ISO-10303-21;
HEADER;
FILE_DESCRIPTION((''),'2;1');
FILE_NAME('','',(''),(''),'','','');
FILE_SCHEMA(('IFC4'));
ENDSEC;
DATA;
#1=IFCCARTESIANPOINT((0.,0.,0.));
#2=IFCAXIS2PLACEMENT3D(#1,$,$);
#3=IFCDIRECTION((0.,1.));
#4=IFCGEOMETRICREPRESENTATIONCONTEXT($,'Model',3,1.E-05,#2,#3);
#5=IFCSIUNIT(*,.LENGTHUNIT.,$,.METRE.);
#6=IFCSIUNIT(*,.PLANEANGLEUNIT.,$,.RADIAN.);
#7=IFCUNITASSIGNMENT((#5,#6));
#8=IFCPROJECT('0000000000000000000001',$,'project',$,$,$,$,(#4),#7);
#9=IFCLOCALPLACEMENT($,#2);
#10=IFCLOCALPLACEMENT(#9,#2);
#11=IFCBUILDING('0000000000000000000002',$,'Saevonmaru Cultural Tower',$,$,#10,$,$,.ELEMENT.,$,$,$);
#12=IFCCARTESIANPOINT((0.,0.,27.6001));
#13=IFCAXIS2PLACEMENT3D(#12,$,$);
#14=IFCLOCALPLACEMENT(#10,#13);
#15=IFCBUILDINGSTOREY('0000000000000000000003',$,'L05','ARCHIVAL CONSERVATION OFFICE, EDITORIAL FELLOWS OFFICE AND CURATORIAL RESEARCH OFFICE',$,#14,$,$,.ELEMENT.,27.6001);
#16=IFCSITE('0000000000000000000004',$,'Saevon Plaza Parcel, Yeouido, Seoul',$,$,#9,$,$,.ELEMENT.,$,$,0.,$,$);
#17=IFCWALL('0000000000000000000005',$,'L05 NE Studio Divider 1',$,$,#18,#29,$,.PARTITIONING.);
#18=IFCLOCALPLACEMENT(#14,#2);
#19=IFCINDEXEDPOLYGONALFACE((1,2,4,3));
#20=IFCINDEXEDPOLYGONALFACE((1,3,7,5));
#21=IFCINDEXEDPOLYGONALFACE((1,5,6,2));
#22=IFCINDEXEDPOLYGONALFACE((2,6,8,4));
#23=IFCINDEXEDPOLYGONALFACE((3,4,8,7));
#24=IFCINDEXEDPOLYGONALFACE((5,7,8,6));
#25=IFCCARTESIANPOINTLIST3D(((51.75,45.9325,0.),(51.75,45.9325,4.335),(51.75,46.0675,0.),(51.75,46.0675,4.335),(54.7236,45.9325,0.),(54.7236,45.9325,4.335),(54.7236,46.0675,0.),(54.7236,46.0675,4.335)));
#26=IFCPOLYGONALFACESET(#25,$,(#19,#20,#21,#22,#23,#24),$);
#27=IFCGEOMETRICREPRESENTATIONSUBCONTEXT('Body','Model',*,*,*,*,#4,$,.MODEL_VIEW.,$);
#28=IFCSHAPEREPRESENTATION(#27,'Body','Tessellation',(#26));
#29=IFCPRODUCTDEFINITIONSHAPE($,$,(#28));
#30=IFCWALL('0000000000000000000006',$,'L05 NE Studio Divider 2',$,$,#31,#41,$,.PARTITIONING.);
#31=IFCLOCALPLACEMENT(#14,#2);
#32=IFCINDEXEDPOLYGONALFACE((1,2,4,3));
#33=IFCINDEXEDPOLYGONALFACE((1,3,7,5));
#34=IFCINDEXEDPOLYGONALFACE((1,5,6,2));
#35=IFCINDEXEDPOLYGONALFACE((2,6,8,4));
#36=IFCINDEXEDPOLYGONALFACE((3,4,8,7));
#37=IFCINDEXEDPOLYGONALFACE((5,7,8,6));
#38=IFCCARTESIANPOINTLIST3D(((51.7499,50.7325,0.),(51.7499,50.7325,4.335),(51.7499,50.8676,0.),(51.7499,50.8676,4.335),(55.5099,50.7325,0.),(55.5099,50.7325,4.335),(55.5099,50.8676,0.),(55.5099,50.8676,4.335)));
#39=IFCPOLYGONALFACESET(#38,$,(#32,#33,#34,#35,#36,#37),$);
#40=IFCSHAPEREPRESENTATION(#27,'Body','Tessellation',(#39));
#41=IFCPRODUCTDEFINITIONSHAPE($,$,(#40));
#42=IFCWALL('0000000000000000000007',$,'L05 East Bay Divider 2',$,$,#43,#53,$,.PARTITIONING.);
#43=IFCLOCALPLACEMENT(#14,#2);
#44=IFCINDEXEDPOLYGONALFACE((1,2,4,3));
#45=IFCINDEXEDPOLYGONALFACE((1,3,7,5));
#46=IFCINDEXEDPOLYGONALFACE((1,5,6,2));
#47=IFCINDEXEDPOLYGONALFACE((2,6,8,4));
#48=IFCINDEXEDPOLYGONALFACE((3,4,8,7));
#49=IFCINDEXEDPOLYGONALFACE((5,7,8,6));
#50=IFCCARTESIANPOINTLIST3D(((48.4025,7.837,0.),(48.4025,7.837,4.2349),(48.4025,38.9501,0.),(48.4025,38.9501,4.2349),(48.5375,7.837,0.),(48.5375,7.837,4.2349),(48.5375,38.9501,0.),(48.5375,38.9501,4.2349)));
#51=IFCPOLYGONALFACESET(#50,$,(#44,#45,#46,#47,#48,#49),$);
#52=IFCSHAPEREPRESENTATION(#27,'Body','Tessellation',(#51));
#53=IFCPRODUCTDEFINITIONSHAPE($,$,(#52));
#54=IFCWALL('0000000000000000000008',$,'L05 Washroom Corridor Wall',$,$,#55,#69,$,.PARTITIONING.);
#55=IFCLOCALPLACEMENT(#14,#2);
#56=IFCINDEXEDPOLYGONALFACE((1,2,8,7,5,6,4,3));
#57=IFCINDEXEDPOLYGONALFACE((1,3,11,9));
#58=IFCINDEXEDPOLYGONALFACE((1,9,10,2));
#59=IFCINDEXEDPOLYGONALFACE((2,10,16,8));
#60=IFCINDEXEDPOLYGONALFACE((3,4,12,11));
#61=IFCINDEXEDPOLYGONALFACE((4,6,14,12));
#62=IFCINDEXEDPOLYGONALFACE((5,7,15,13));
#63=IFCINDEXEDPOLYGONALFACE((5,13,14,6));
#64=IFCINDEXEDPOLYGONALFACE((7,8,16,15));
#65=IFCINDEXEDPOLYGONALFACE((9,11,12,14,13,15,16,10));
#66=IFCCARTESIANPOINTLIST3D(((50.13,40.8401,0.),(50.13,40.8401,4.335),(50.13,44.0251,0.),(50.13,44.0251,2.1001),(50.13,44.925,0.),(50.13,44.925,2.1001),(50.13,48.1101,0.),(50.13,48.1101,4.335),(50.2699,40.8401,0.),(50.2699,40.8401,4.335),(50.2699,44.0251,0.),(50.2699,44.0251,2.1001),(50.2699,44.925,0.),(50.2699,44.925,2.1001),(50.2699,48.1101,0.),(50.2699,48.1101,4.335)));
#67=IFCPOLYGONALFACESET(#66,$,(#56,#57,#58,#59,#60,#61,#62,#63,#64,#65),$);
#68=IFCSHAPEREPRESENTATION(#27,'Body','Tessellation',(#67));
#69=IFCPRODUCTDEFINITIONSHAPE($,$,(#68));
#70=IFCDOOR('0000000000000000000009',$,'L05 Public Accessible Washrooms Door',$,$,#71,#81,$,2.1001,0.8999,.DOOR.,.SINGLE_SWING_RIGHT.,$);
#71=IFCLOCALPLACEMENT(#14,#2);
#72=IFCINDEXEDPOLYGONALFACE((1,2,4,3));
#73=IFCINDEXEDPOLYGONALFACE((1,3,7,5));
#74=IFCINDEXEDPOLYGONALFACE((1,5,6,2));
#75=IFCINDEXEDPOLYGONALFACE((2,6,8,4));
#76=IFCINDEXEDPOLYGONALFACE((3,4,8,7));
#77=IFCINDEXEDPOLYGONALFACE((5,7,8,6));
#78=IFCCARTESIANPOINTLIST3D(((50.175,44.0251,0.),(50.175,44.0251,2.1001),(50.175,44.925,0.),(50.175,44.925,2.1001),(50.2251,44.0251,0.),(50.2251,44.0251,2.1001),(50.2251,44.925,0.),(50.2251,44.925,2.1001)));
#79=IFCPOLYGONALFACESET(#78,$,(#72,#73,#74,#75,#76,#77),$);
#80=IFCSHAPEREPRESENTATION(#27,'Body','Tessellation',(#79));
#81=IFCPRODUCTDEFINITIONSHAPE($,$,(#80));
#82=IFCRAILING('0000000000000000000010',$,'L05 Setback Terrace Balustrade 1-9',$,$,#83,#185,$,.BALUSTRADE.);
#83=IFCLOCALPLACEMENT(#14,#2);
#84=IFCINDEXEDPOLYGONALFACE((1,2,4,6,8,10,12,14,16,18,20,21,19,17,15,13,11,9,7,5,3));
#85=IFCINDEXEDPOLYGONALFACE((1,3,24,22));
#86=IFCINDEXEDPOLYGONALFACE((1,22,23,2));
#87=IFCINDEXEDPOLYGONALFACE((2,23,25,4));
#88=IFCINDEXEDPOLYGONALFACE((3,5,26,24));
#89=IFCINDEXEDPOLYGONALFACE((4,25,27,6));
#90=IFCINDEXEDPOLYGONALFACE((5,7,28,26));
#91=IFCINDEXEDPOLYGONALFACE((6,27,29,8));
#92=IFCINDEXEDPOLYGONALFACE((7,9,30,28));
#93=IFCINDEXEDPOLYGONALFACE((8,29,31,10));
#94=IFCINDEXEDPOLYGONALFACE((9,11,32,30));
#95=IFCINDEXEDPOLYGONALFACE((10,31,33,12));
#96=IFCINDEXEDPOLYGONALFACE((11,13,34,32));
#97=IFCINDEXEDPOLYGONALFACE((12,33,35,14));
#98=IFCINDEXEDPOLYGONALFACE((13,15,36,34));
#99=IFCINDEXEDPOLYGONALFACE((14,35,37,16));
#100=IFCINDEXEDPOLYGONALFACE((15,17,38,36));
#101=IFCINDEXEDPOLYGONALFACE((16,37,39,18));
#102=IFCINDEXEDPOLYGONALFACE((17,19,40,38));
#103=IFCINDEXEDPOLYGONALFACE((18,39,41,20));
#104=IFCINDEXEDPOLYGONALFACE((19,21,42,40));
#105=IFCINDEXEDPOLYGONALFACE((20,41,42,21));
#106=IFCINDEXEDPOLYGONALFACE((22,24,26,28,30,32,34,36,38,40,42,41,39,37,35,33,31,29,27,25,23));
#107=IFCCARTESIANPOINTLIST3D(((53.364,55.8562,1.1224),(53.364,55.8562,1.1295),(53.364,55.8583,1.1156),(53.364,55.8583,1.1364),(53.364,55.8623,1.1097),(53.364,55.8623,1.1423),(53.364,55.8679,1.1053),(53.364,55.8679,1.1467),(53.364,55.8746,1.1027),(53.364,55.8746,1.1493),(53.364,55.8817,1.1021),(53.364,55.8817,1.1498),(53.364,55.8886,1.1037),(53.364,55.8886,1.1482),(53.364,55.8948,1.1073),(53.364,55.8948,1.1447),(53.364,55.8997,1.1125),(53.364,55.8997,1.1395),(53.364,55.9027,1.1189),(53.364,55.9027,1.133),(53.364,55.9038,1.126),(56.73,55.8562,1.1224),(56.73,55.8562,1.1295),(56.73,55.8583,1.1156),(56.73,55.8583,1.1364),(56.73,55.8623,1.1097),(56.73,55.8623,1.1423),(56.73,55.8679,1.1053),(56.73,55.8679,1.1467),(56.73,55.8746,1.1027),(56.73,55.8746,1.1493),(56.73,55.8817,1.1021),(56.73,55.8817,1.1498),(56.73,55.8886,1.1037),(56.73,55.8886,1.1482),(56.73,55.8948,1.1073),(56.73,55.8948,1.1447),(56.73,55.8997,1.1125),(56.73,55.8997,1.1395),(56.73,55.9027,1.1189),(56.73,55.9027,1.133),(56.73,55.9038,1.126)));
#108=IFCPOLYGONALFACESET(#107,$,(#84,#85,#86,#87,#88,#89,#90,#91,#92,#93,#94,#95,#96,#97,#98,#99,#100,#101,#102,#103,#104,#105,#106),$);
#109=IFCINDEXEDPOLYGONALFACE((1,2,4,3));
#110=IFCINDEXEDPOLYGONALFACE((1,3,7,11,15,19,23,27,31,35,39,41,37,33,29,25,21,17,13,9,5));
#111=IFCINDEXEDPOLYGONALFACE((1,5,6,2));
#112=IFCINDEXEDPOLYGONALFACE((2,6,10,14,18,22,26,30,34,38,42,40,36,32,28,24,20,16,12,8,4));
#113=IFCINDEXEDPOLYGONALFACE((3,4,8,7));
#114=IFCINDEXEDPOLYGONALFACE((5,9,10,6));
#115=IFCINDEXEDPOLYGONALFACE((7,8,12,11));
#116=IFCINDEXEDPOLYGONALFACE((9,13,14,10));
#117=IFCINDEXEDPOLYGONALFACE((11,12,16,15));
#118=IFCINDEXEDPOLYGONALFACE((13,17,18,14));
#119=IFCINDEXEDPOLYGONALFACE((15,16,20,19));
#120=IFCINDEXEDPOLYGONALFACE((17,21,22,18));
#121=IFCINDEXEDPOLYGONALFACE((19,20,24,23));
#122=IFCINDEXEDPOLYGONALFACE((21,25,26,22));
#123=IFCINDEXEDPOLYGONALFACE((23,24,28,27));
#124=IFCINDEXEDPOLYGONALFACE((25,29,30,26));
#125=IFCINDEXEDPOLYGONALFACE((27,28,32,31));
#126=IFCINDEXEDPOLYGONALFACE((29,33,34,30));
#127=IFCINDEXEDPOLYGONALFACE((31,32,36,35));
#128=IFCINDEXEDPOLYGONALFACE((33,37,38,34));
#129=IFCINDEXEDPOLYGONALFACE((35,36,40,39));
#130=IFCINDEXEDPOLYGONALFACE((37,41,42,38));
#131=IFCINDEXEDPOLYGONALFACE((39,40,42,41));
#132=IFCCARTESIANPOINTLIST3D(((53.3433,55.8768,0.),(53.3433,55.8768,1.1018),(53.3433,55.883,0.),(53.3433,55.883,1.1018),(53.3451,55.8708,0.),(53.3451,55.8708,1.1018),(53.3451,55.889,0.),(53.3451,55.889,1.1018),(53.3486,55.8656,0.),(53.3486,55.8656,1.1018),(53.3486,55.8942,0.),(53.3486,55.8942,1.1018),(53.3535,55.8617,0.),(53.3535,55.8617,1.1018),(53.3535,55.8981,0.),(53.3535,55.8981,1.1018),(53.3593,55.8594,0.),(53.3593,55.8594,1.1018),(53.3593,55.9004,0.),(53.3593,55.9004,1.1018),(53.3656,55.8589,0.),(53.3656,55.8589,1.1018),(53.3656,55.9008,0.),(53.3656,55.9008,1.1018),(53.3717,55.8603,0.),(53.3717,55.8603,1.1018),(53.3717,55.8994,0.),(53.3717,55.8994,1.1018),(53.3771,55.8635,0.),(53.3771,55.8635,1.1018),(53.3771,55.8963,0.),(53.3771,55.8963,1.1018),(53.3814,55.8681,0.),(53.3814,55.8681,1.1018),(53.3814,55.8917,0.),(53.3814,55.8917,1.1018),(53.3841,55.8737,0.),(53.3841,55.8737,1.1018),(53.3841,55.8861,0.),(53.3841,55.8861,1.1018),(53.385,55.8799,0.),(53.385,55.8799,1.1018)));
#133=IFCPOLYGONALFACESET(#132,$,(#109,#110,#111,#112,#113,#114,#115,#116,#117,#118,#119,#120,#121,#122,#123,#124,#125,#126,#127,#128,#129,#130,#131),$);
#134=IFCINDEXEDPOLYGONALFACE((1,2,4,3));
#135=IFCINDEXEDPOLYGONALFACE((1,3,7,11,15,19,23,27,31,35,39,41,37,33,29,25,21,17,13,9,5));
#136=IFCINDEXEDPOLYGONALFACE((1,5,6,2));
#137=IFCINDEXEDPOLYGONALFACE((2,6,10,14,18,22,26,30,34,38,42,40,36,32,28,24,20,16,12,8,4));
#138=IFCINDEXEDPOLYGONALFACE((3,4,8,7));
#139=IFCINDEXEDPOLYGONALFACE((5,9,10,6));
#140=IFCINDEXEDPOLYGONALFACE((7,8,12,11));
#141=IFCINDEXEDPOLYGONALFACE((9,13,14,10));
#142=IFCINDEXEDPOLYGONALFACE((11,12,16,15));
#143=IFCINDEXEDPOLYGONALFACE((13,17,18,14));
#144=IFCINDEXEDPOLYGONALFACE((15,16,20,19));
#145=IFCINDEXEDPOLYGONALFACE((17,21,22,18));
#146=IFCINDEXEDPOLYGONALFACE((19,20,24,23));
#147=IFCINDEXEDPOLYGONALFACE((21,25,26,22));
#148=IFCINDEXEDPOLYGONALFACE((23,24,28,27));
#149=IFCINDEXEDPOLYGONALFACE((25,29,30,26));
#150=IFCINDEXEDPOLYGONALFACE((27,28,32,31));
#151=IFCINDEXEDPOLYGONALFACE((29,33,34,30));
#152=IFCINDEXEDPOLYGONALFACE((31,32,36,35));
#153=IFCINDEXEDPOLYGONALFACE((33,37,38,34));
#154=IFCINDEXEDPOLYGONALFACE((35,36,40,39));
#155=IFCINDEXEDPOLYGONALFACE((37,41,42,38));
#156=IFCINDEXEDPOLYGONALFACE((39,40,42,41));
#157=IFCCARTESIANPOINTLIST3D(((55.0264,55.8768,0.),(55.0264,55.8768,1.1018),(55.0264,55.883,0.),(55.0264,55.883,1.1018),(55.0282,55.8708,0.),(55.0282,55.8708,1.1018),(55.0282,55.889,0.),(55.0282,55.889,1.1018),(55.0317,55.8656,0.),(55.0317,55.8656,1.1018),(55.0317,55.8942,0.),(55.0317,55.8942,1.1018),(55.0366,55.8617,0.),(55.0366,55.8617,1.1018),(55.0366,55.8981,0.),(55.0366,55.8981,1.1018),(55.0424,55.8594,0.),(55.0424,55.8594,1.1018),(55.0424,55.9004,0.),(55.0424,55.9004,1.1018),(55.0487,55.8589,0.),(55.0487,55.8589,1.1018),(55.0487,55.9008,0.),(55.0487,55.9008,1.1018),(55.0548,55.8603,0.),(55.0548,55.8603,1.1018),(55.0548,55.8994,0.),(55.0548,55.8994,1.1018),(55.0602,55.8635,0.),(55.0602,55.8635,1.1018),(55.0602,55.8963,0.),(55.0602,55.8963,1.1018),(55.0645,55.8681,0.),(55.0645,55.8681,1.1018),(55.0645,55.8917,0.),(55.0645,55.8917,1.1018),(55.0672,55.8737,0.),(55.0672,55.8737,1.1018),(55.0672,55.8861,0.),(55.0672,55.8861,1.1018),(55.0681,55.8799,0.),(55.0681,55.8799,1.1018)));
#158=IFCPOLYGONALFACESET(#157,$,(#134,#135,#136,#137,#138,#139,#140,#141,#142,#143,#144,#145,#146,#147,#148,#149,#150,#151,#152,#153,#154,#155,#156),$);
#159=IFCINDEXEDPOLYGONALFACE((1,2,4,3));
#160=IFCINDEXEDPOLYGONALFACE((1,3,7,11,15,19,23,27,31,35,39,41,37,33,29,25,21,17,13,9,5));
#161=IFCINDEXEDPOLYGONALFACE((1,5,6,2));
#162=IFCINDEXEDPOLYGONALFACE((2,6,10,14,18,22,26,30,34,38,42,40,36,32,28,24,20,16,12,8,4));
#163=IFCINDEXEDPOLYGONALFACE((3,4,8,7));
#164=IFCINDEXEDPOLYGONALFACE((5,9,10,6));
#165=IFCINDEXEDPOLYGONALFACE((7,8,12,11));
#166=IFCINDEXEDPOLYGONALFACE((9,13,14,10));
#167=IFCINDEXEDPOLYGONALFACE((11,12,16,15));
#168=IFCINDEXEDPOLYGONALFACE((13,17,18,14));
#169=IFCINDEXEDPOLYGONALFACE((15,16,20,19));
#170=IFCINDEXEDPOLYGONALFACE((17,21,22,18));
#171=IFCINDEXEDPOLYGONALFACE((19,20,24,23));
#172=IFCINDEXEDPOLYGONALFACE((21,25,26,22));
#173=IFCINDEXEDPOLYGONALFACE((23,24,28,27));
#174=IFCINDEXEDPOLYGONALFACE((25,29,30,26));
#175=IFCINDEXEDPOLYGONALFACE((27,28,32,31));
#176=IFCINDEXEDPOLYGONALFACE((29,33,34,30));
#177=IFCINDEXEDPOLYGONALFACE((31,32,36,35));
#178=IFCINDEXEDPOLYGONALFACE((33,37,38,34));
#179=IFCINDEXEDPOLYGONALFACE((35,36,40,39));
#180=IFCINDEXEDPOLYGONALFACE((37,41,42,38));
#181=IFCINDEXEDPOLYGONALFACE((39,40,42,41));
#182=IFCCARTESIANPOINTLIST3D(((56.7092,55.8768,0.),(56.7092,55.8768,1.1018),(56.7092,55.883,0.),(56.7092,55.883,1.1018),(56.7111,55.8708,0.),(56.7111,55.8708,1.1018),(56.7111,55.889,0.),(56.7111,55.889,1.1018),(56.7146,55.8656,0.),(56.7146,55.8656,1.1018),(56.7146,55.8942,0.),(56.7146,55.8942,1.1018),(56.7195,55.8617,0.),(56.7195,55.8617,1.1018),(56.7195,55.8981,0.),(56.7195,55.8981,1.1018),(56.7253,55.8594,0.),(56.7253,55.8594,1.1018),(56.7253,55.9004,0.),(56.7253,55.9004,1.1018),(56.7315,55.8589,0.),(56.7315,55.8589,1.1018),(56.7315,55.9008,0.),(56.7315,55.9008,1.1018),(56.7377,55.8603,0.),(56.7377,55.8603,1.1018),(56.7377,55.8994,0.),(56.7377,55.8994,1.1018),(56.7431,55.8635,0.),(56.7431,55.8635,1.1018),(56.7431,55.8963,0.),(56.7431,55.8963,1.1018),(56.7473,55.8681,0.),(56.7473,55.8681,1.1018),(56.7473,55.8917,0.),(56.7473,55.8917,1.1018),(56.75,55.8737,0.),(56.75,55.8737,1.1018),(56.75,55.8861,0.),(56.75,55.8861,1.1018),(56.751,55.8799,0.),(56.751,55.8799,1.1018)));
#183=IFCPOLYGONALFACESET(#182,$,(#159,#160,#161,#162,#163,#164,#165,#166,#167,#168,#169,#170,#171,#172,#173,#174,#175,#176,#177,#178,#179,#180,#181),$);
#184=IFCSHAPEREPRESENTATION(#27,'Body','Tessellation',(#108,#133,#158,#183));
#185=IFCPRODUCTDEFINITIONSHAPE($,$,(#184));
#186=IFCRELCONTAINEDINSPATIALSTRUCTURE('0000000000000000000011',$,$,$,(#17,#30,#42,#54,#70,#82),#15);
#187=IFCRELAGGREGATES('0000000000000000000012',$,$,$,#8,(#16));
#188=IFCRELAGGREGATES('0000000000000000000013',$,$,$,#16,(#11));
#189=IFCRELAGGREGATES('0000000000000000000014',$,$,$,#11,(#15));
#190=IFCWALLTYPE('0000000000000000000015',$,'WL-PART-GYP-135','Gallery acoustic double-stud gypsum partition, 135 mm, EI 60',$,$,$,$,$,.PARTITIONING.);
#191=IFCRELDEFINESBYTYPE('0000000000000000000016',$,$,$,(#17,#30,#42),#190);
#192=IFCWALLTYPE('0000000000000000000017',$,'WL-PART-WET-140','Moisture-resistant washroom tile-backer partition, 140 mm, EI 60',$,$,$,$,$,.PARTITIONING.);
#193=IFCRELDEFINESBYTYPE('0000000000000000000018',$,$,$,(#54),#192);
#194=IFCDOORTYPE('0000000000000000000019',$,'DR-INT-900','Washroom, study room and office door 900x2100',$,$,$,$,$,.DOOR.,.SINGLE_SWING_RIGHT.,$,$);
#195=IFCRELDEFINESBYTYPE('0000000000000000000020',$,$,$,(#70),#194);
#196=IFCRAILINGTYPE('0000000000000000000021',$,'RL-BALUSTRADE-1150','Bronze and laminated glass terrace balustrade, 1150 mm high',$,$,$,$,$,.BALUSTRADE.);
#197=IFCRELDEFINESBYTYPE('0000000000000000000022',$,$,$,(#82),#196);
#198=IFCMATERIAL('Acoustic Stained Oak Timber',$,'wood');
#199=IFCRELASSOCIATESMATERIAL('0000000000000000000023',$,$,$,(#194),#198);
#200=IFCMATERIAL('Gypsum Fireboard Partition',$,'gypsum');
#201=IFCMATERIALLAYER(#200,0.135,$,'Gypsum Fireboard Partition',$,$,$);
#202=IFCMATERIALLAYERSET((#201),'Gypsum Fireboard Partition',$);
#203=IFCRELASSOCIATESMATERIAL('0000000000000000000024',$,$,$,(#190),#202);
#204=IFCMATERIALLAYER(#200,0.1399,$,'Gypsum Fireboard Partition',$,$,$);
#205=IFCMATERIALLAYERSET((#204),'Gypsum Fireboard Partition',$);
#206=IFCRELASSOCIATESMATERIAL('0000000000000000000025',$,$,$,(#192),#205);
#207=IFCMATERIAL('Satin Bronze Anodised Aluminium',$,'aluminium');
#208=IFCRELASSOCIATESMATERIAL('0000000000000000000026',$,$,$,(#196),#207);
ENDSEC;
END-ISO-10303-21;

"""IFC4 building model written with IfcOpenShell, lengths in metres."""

from ifc_helpers import new_model, si_unit, direction, frame, frame_2d, origin, origin_2d, place, context, subcontext, project, spatial, rectangle, circle, extrude, material, layer, layer_set, type_object, element, fill, save


model = new_model("IFC4")

# Units and contexts
model_context = context("Model", 3, precision=1e-05, world=origin(), true_north=direction((0.0, 1.0)))
body_context = subcontext(model_context, "Body", "Model", "MODEL_VIEW")
ifc_project = project(units=[si_unit("LENGTHUNIT", "METRE"), si_unit("PLANEANGLEUNIT", "RADIAN")], contexts=[model_context])

# Site, building, storey
site_placement = place(None, origin())
site = spatial("IfcSite", under=ifc_project, at=site_placement, Name="Saevon Plaza Parcel, Yeouido, Seoul", CompositionType="ELEMENT", RefElevation=0.0)
building_placement = place(site_placement, origin())
building = spatial("IfcBuilding", under=site, at=building_placement, Name="Saevonmaru Cultural Tower", CompositionType="ELEMENT")
storey_placement = place(building_placement, frame((0.0, 0.0, 27.6001)))
storey = spatial("IfcBuildingStorey", under=building, at=storey_placement, Name="L05", Description="ARCHIVAL CONSERVATION OFFICE, EDITORIAL FELLOWS OFFICE AND CURATORIAL RESEARCH OFFICE", CompositionType="ELEMENT", Elevation=27.6001)

# Shared definitions
ifc_material_1 = material(Name="Satin Bronze Anodised Aluminium", Category="aluminium")

# Shared definitions
ifc_material_2 = material(Name="Gypsum Fireboard Partition", Category="gypsum")
ifc_material_3 = material(Name="Acoustic Stained Oak Timber", Category="wood")
door_type_1 = type_object("IfcDoorType", Name="DR-INT-900", Description="Washroom, study room and office door 900x2100", OperationType="SINGLE_SWING_RIGHT", PredefinedType="DOOR", material=ifc_material_3)

# Walls
ifc_layer_1 = layer(ifc_material_2, 0.135, Name="Gypsum Fireboard Partition")
ifc_layer_set_1 = layer_set([ifc_layer_1], Name="Gypsum Fireboard Partition")
wall_type_1 = type_object("IfcWallType", Name="WL-PART-GYP-135", Description="Gallery acoustic double-stud gypsum partition, 135 mm, EI 60", PredefinedType="PARTITIONING", material=ifc_layer_set_1)
wall_1_placement = place(storey_placement, frame((51.75, 46.0, 0.0), z_axis=(0.0, 0.0, 1.0), x_axis=(1.0, 0.0, 0.0)))
element("IfcWall", 1, at=wall_1_placement, inside=storey, type_object=wall_type_1, Name="L05 NE Studio Divider 1", PredefinedType="PARTITIONING", context=body_context, shape_type="SweptSolid", body=[
    extrude(rectangle(XDim=2.9736, YDim=0.135, at=frame_2d((1.4868, 0.0))), origin(), (0.0, 0.0, 1.0), 4.335),
])
wall_2_placement = place(storey_placement, frame((51.75, 50.8, 0.0), z_axis=(0.0, 0.0, 1.0), x_axis=(1.0, 0.0, 0.0)))
element("IfcWall", 2, at=wall_2_placement, inside=storey, type_object=wall_type_1, Name="L05 NE Studio Divider 2", PredefinedType="PARTITIONING", context=body_context, shape_type="SweptSolid", body=[
    extrude(rectangle(XDim=3.76, YDim=0.135, at=frame_2d((1.8799, 0.0))), origin(), (0.0, 0.0, 1.0), 4.335),
])
wall_3_placement = place(storey_placement, frame((48.47, 7.8369, 0.0), z_axis=(0.0, 0.0, 1.0), x_axis=(0.0, 1.0, 0.0)))
element("IfcWall", 3, at=wall_3_placement, inside=storey, type_object=wall_type_1, Name="L05 East Bay Divider 2", PredefinedType="PARTITIONING", context=body_context, shape_type="SweptSolid", body=[
    extrude(rectangle(XDim=31.113, YDim=0.135, at=frame_2d((15.5566, 0.0))), origin(), (0.0, 0.0, 1.0), 4.2349),
])

# Wall, opening, door
ifc_layer_2 = layer(ifc_material_2, 0.1399, Name="Gypsum Fireboard Partition")
ifc_layer_set_2 = layer_set([ifc_layer_2], Name="Gypsum Fireboard Partition")
wall_type_2 = type_object("IfcWallType", Name="WL-PART-WET-140", Description="Moisture-resistant washroom tile-backer partition, 140 mm, EI 60", PredefinedType="PARTITIONING", material=ifc_layer_set_2)
wall_4_placement = place(storey_placement, frame((50.2, 40.8401, 0.0), z_axis=(0.0, 0.0, 1.0), x_axis=(0.0, 1.0, 0.0)))
wall_4 = element("IfcWall", 4, at=wall_4_placement, inside=storey, type_object=wall_type_2, Name="L05 Washroom Corridor Wall", PredefinedType="PARTITIONING", context=body_context, shape_type="SweptSolid", body=[
    extrude(rectangle(XDim=7.27, YDim=0.1399, at=frame_2d((3.635, 0.0))), origin(), (0.0, 0.0, 1.0), 4.335),
])
opening_1_placement = place(wall_4_placement, frame((3.1851, 0.0, 0.0)))
opening_1 = element("IfcOpeningElement", 5, at=opening_1_placement, cuts=wall_4, PredefinedType="OPENING", context=body_context, shape_type="SweptSolid", body=[
    extrude(rectangle(XDim=0.8999, YDim=2.1001, at=frame_2d((0.45, 1.05))), frame((0.0, 0.0801, 0.0), z_axis=(0.0, -1.0, 0.0), x_axis=(1.0, 0.0, 0.0)), (0.0, 0.0, 1.0), 0.1599),
])
door_1_placement = place(opening_1_placement, origin())
door_1 = element("IfcDoor", 6, at=door_1_placement, inside=storey, type_object=door_type_1, Name="L05 Public Accessible Washrooms Door", OperationType="SINGLE_SWING_RIGHT", OverallHeight=2.1001, OverallWidth=0.8999, PredefinedType="DOOR", context=body_context, shape_type="SweptSolid", body=[
    extrude(rectangle(XDim=0.8999, YDim=2.1001, at=frame_2d((0.45, 1.05))), frame((0.0, 0.0249, 0.0), z_axis=(0.0, -1.0, 0.0), x_axis=(1.0, 0.0, 0.0)), (0.0, 0.0, 1.0), 0.05),
])
fill(opening_1, door_1)

# Railing
railing_type = type_object("IfcRailingType", Name="RL-BALUSTRADE-1150", Description="Bronze and laminated glass terrace balustrade, 1150 mm high", PredefinedType="BALUSTRADE", material=ifc_material_1)
railing_1_placement = place(storey_placement, frame((53.364, 55.8799, 0.0)))
element("IfcRailing", 7, at=railing_1_placement, inside=storey, type_object=railing_type, Name="L05 Setback Terrace Balustrade 1-9", PredefinedType="BALUSTRADE", context=body_context, shape_type="SweptSolid", body=[
    extrude(circle(Radius=0.0239, at=origin_2d()), frame((0.0, 0.0, 1.126), z_axis=(1.0, 0.0, 0.0), x_axis=(0.0, 1.0, 0.0)), (0.0, 0.0, 1.0), 3.366),
    extrude(circle(Radius=0.021, at=origin_2d()), origin(), (0.0, 0.0, 1.0), 1.1018),
    extrude(circle(Radius=0.021, at=origin_2d()), frame((1.6831, 0.0, 0.0)), (0.0, 0.0, 1.0), 1.1018),
    extrude(circle(Radius=0.021, at=origin_2d()), frame((3.366, 0.0, 0.0)), (0.0, 0.0, 1.0), 1.1018),
])

save(model, "model.ifc")
